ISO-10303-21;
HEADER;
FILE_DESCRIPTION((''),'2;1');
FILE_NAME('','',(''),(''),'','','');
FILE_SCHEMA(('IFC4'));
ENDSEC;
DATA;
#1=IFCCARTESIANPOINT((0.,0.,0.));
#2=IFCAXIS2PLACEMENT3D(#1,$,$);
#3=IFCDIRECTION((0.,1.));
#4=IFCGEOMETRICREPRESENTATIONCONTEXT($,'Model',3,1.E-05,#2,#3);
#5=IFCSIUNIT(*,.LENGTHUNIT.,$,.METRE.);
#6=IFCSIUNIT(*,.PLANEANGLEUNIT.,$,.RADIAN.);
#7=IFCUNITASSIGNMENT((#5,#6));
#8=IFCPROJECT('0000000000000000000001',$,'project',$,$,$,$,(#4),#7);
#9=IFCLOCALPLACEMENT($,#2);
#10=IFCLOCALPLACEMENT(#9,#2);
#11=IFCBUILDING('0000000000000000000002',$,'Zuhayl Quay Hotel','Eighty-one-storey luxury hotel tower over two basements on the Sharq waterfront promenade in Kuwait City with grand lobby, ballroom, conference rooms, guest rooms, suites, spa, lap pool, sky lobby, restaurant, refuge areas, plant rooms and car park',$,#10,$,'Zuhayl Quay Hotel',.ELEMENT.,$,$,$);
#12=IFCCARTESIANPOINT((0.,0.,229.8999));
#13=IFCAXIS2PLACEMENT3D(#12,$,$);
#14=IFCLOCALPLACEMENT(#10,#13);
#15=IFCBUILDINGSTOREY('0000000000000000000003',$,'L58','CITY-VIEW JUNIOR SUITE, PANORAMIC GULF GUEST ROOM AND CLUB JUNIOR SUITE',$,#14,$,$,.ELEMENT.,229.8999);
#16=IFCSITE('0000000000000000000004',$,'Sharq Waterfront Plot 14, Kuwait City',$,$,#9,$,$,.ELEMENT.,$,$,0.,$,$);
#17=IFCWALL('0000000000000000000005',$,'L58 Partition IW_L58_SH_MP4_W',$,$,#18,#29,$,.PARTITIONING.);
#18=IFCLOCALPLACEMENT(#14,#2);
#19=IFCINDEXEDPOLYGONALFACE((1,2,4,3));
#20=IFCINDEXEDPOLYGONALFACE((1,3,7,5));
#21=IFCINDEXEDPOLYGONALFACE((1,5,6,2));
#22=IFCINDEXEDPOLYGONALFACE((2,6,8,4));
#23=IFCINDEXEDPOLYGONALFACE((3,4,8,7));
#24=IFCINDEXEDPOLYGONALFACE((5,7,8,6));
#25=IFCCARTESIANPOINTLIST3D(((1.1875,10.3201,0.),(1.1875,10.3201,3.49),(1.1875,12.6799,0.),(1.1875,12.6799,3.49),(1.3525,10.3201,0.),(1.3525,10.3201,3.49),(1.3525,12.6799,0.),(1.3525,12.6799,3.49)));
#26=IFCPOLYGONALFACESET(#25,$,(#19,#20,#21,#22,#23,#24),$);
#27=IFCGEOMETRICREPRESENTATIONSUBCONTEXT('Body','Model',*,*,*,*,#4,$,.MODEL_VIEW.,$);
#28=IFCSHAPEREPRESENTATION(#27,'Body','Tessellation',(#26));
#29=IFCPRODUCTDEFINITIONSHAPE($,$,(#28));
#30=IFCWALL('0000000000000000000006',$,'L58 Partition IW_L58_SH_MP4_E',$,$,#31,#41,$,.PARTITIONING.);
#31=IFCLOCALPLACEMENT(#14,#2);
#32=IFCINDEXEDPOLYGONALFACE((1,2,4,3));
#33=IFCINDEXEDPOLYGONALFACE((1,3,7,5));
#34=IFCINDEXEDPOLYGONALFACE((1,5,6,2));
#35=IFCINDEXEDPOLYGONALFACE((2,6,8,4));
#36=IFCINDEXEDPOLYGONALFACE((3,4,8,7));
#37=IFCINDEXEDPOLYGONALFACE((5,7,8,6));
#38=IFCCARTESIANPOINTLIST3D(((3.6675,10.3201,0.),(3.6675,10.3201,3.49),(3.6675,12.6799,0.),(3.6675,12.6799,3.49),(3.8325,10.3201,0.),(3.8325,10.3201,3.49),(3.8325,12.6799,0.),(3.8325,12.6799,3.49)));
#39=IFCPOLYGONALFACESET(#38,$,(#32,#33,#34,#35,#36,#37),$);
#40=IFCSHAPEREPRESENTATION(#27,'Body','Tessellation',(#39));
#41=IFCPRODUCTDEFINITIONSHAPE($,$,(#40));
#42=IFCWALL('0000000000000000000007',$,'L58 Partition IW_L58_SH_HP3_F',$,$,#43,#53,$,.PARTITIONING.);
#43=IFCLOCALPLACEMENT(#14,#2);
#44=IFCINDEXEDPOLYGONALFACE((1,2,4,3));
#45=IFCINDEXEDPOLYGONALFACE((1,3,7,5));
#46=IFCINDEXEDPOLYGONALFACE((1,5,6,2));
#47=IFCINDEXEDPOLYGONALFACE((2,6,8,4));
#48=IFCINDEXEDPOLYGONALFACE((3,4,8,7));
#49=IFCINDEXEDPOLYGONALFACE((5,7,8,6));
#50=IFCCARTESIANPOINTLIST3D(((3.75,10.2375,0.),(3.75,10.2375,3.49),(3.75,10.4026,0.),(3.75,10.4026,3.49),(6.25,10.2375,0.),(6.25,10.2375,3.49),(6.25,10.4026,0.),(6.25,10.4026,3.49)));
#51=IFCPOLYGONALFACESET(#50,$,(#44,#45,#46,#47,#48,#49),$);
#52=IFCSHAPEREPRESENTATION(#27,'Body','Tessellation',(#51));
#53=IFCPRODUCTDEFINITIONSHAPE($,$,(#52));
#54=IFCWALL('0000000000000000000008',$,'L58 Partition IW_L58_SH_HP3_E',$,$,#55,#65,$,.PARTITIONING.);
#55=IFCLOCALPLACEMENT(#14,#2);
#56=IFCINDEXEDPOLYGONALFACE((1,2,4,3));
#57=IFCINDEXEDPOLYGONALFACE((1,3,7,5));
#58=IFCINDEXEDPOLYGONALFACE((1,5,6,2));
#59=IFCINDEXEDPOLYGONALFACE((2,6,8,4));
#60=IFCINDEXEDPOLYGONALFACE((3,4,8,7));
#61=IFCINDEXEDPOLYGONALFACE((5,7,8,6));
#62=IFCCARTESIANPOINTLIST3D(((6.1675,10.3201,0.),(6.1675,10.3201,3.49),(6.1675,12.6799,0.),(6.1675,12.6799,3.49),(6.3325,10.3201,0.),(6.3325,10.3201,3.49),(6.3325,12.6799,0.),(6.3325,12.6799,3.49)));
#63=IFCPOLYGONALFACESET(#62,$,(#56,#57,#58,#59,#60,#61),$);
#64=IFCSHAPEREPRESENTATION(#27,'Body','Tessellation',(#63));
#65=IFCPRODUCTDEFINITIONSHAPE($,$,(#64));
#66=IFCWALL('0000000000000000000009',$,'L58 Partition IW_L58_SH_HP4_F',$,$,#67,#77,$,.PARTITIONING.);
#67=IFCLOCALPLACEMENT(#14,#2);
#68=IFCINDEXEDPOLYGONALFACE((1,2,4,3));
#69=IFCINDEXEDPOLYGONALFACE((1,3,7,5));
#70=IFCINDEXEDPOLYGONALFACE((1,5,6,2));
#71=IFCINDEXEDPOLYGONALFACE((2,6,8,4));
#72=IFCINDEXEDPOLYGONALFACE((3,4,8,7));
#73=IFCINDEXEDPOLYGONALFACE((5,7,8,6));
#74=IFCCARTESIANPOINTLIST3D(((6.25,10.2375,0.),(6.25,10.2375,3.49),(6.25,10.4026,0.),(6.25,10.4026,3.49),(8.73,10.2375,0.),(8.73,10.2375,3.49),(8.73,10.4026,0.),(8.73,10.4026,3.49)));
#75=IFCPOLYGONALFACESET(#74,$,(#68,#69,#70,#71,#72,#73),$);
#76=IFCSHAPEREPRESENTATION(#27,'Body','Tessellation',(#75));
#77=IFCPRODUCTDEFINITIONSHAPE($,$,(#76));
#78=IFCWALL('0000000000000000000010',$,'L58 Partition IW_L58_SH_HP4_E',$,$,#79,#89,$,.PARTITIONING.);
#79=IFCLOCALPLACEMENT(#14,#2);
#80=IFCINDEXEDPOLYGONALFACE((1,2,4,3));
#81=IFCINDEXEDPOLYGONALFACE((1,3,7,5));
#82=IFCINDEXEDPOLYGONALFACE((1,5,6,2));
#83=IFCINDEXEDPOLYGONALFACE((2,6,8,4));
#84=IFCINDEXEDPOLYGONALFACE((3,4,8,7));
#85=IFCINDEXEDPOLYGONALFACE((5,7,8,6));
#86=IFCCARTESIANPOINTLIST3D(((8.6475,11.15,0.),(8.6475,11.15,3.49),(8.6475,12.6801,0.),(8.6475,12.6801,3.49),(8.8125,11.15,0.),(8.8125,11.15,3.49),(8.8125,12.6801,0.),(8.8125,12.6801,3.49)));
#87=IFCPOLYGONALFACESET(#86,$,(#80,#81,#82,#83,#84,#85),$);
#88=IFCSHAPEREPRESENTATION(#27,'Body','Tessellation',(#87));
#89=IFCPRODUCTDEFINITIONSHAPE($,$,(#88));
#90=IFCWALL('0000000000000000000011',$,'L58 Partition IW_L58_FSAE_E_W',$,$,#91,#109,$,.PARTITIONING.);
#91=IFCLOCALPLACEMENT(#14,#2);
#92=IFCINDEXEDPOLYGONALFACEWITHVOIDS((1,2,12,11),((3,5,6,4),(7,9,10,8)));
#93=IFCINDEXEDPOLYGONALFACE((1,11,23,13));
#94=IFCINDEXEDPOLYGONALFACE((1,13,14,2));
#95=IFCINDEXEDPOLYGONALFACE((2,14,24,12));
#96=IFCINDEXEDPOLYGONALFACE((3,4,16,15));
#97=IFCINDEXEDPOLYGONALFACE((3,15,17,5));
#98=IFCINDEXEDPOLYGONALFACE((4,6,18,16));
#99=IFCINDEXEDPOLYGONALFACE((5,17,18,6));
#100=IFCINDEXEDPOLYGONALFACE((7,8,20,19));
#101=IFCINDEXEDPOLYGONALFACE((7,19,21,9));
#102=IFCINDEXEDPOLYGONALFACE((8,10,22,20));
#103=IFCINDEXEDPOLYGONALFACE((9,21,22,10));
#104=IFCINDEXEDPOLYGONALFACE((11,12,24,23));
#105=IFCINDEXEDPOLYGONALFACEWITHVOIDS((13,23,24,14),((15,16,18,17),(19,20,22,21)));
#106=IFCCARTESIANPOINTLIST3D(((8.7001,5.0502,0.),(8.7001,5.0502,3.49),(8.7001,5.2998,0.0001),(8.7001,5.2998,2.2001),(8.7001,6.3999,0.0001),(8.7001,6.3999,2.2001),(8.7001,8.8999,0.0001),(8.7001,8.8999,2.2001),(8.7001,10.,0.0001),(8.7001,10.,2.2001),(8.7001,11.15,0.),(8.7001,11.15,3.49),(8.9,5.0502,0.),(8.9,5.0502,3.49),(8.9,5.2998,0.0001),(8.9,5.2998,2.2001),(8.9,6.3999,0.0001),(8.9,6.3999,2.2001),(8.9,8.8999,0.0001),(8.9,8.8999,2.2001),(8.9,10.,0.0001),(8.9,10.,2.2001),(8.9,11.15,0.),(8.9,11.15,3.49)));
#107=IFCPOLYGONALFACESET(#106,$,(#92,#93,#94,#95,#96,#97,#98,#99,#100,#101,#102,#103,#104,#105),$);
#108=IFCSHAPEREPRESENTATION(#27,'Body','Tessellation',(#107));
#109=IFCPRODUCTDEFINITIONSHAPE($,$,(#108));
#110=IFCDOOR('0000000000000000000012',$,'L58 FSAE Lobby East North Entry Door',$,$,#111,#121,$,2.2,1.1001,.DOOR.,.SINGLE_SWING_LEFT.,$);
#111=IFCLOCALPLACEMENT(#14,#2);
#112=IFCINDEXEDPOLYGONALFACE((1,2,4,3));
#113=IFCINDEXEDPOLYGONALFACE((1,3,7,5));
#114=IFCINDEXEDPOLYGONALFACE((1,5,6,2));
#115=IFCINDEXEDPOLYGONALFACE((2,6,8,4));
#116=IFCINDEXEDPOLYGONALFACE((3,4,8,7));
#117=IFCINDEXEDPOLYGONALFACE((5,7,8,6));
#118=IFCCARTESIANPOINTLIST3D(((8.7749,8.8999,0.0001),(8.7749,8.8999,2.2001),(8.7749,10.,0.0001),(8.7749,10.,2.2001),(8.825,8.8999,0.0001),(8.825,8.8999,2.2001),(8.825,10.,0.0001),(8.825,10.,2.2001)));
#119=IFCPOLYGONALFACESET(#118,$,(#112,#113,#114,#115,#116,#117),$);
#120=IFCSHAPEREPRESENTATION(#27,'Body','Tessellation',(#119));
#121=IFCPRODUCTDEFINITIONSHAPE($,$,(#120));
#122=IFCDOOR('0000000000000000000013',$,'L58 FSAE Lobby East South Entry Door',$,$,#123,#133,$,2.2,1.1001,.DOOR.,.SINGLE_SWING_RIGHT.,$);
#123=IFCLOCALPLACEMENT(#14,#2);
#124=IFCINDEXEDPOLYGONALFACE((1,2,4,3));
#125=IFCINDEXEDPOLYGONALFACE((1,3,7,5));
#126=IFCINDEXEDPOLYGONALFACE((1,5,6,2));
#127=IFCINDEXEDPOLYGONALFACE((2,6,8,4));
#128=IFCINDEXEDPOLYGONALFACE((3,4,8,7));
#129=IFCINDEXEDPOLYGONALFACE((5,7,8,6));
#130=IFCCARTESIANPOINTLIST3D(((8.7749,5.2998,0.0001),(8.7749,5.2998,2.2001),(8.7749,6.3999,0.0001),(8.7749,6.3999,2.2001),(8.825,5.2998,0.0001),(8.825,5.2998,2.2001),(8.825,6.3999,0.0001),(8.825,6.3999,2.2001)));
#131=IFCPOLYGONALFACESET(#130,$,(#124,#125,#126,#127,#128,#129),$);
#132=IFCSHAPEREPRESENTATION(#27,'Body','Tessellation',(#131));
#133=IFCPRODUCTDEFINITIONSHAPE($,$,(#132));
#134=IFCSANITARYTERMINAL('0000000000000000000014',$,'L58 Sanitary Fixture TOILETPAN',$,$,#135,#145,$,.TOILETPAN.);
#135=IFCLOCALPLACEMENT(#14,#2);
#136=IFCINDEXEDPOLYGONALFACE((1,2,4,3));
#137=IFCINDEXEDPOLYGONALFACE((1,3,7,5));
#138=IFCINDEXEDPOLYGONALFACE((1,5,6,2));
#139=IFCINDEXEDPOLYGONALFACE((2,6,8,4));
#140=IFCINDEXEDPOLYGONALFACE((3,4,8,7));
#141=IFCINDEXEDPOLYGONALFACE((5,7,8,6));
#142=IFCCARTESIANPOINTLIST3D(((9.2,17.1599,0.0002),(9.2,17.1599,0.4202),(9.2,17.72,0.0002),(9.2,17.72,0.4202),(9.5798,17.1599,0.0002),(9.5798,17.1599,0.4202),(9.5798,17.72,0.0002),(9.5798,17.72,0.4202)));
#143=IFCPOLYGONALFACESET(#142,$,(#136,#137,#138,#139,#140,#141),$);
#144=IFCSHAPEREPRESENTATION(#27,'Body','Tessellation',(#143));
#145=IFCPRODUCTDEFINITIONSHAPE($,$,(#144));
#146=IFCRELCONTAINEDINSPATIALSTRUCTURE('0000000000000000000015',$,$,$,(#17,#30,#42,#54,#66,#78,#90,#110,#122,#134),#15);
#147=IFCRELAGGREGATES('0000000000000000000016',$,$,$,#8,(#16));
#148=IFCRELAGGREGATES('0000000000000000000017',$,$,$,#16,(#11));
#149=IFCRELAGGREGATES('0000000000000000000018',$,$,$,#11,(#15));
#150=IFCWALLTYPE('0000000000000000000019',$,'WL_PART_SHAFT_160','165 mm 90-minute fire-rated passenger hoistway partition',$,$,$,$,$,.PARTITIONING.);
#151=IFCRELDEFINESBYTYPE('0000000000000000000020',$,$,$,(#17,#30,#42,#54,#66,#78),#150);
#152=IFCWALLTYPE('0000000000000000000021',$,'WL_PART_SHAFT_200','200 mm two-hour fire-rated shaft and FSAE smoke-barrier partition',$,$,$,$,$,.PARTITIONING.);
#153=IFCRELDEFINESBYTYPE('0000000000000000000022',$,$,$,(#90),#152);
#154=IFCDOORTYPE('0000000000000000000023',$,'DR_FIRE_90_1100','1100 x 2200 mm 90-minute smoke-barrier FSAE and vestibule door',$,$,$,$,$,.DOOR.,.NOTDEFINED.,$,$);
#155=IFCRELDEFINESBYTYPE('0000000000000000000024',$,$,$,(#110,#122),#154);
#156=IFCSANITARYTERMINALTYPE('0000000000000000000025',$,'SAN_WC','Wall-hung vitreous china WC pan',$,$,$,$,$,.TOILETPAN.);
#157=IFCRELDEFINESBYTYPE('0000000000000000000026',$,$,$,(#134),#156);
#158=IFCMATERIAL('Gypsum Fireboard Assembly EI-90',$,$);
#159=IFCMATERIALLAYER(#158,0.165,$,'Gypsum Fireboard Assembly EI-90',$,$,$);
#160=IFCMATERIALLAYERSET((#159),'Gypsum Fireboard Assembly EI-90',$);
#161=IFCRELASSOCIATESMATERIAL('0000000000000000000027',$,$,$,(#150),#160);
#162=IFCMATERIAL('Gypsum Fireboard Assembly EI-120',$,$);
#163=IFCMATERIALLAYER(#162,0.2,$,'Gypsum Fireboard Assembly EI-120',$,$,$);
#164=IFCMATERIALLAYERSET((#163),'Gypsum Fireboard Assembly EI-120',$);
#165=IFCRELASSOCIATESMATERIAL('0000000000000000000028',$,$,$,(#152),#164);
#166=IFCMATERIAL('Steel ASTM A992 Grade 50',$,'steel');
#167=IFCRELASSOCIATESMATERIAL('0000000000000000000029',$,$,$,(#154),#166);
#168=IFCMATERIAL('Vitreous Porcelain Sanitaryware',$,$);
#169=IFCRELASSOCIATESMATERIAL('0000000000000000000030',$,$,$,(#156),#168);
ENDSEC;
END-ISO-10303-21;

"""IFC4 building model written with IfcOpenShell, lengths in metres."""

from ifc_helpers import new_model, si_unit, direction, frame, frame_2d, origin, origin_2d, place, context, subcontext, project, spatial, rectangle, extrude, material, layer, layer_set, type_object, element, fill, save


model = new_model("IFC4")

# Units and contexts
model_context = context("Model", 3, precision=1e-05, world=origin(), true_north=direction((0.0, 1.0)))
body_context = subcontext(model_context, "Body", "Model", "MODEL_VIEW")
ifc_project = project(units=[si_unit("LENGTHUNIT", "METRE"), si_unit("PLANEANGLEUNIT", "RADIAN")], contexts=[model_context])

# Site, building, storey
site_placement = place(None, origin())
site = spatial("IfcSite", under=ifc_project, at=site_placement, Name="Sharq Waterfront Plot 14, Kuwait City", CompositionType="ELEMENT", RefElevation=0.0)
building_placement = place(site_placement, origin())
building = spatial("IfcBuilding", under=site, at=building_placement, Name="Zuhayl Quay Hotel", Description="Eighty-one-storey luxury hotel tower over two basements on the Sharq waterfront promenade in Kuwait City with grand lobby, ballroom, conference rooms, guest rooms, suites, spa, lap pool, sky lobby, restaurant, refuge areas, plant rooms and car park", LongName="Zuhayl Quay Hotel", CompositionType="ELEMENT")
storey_placement = place(building_placement, frame((0.0, 0.0, 229.8999)))
storey = spatial("IfcBuildingStorey", under=building, at=storey_placement, Name="L58", Description="CITY-VIEW JUNIOR SUITE, PANORAMIC GULF GUEST ROOM AND CLUB JUNIOR SUITE", CompositionType="ELEMENT", Elevation=229.8999)

# Shared definitions
ifc_material_1 = material(Name="Steel ASTM A992 Grade 50", Category="steel")

# Shared definitions
ifc_material_2 = material(Name="Gypsum Fireboard Assembly EI-90")
ifc_layer_1 = layer(ifc_material_2, 0.165, Name="Gypsum Fireboard Assembly EI-90")
ifc_layer_set_1 = layer_set([ifc_layer_1], Name="Gypsum Fireboard Assembly EI-90")
wall_type_1 = type_object("IfcWallType", Name="WL_PART_SHAFT_160", Description="165 mm 90-minute fire-rated passenger hoistway partition", PredefinedType="PARTITIONING", material=ifc_layer_set_1)

# Walls
for number, where, z_axis, x_axis, name in (
    (1, (1.27, 10.3201, 0.0), (0.0, 0.0, 1.0), (0.0, 1.0, 0.0), "L58 Partition IW_L58_SH_MP4_W"),
    (2, (3.75, 10.3201, 0.0), (0.0, 0.0, 1.0), (0.0, 1.0, 0.0), "L58 Partition IW_L58_SH_MP4_E"),
):
    element("IfcWall", number, at=place(storey_placement, frame(where, z_axis=z_axis, x_axis=x_axis)), inside=storey, type_object=wall_type_1, Name=name, PredefinedType="PARTITIONING", context=body_context, shape_type="SweptSolid", body=[
        extrude(rectangle(XDim=2.3599, YDim=0.165, at=frame_2d((1.1799, 0.0))), origin(), (0.0, 0.0, 1.0), 3.49),
    ])
wall_1_placement = place(storey_placement, frame((3.75, 10.3201, 0.0), z_axis=(0.0, 0.0, 1.0), x_axis=(1.0, 0.0, 0.0)))
element("IfcWall", 3, at=wall_1_placement, inside=storey, type_object=wall_type_1, Name="L58 Partition IW_L58_SH_HP3_F", PredefinedType="PARTITIONING", context=body_context, shape_type="SweptSolid", body=[
    extrude(rectangle(XDim=2.5, YDim=0.165, at=frame_2d((1.25, 0.0))), origin(), (0.0, 0.0, 1.0), 3.49),
])
wall_2_placement = place(storey_placement, frame((6.25, 10.3201, 0.0), z_axis=(0.0, 0.0, 1.0), x_axis=(0.0, 1.0, 0.0)))
element("IfcWall", 4, at=wall_2_placement, inside=storey, type_object=wall_type_1, Name="L58 Partition IW_L58_SH_HP3_E", PredefinedType="PARTITIONING", context=body_context, shape_type="SweptSolid", body=[
    extrude(rectangle(XDim=2.3599, YDim=0.165, at=frame_2d((1.1799, 0.0))), origin(), (0.0, 0.0, 1.0), 3.49),
])
wall_3_placement = place(storey_placement, frame((6.25, 10.3201, 0.0), z_axis=(0.0, 0.0, 1.0), x_axis=(1.0, 0.0, 0.0)))
element("IfcWall", 5, at=wall_3_placement, inside=storey, type_object=wall_type_1, Name="L58 Partition IW_L58_SH_HP4_F", PredefinedType="PARTITIONING", context=body_context, shape_type="SweptSolid", body=[
    extrude(rectangle(XDim=2.48, YDim=0.165, at=frame_2d((1.24, 0.0))), origin(), (0.0, 0.0, 1.0), 3.49),
])
wall_4_placement = place(storey_placement, frame((8.73, 11.1499, 0.0), z_axis=(0.0, 0.0, 1.0), x_axis=(0.0, 1.0, 0.0)))
element("IfcWall", 6, at=wall_4_placement, inside=storey, type_object=wall_type_1, Name="L58 Partition IW_L58_SH_HP4_E", PredefinedType="PARTITIONING", context=body_context, shape_type="SweptSolid", body=[
    extrude(rectangle(XDim=1.53, YDim=0.165, at=frame_2d((0.7651, 0.0))), origin(), (0.0, 0.0, 1.0), 3.49),
])

# Wall, openings, doors
ifc_material_3 = material(Name="Gypsum Fireboard Assembly EI-120")
ifc_layer_2 = layer(ifc_material_3, 0.2, Name="Gypsum Fireboard Assembly EI-120")
ifc_layer_set_2 = layer_set([ifc_layer_2], Name="Gypsum Fireboard Assembly EI-120")
wall_type_2 = type_object("IfcWallType", Name="WL_PART_SHAFT_200", Description="200 mm two-hour fire-rated shaft and FSAE smoke-barrier partition", PredefinedType="PARTITIONING", material=ifc_layer_set_2)
wall_5_placement = place(storey_placement, frame((8.8, 11.1499, 0.0), z_axis=(0.0, 0.0, 1.0), x_axis=(0.0, -1.0, 0.0)))
wall_5 = element("IfcWall", 7, at=wall_5_placement, inside=storey, type_object=wall_type_2, Name="L58 Partition IW_L58_FSAE_E_W", PredefinedType="PARTITIONING", context=body_context, shape_type="SweptSolid", body=[
    extrude(rectangle(XDim=6.0999, YDim=0.2, at=frame_2d((3.0498, 0.0))), origin(), (0.0, 0.0, 1.0), 3.49),
])
opening_1_placement = place(wall_5_placement, frame((1.1499, 0.0, 0.0)))
opening_1 = element("IfcOpeningElement", 8, at=opening_1_placement, cuts=wall_5, PredefinedType="OPENING", context=body_context, shape_type="SweptSolid", body=[
    extrude(rectangle(XDim=1.1001, YDim=2.2, at=frame_2d((0.55, 1.1001))), frame((0.0, 0.1099, 0.0), z_axis=(0.0, -1.0, 0.0), x_axis=(1.0, 0.0, 0.0)), (0.0, 0.0, 1.0), 0.22),
])
opening_2_placement = place(wall_5_placement, frame((4.75, 0.0, 0.0)))
opening_2 = element("IfcOpeningElement", 9, at=opening_2_placement, cuts=wall_5, PredefinedType="OPENING", context=body_context, shape_type="SweptSolid", body=[
    extrude(rectangle(XDim=1.1001, YDim=2.2, at=frame_2d((0.55, 1.1001))), frame((0.0, 0.1099, 0.0), z_axis=(0.0, -1.0, 0.0), x_axis=(1.0, 0.0, 0.0)), (0.0, 0.0, 1.0), 0.22),
])
door_type_1 = type_object("IfcDoorType", Name="DR_FIRE_90_1100", Description="1100 x 2200 mm 90-minute smoke-barrier FSAE and vestibule door", OperationType="NOTDEFINED", PredefinedType="DOOR", material=ifc_material_1)
door_1_placement = place(opening_1_placement, origin())
door_1 = element("IfcDoor", 10, at=door_1_placement, inside=storey, type_object=door_type_1, Name="L58 FSAE Lobby East North Entry Door", OperationType="SINGLE_SWING_LEFT", OverallHeight=2.2, OverallWidth=1.1001, PredefinedType="DOOR", context=body_context, shape_type="SweptSolid", body=[
    extrude(rectangle(XDim=1.1001, YDim=2.2, at=frame_2d((0.55, 1.1001))), frame((0.0, 0.0249, 0.0), z_axis=(0.0, -1.0, 0.0), x_axis=(1.0, 0.0, 0.0)), (0.0, 0.0, 1.0), 0.05),
])
fill(opening_1, door_1)
door_2_placement = place(opening_2_placement, origin())
door_2 = element("IfcDoor", 11, at=door_2_placement, inside=storey, type_object=door_type_1, Name="L58 FSAE Lobby East South Entry Door", OperationType="SINGLE_SWING_RIGHT", OverallHeight=2.2, OverallWidth=1.1001, PredefinedType="DOOR", context=body_context, shape_type="SweptSolid", body=[
    extrude(rectangle(XDim=1.1001, YDim=2.2, at=frame_2d((0.55, 1.1001))), frame((0.0, 0.0249, 0.0), z_axis=(0.0, -1.0, 0.0), x_axis=(1.0, 0.0, 0.0)), (0.0, 0.0, 1.0), 0.05),
])
fill(opening_2, door_2)

# Sanitary terminal
ifc_material_4 = material(Name="Vitreous Porcelain Sanitaryware")
sanitary_terminal_type = type_object("IfcSanitaryTerminalType", Name="SAN_WC", Description="Wall-hung vitreous china WC pan", PredefinedType="TOILETPAN", material=ifc_material_4)
sanitary_terminal_placement = place(storey_placement, frame((9.3899, 17.4399, 0.0002), z_axis=(0.0, 0.0, 1.0), x_axis=(1.0, 0.0, 0.0)))
element("IfcSanitaryTerminal", 12, at=sanitary_terminal_placement, inside=storey, type_object=sanitary_terminal_type, Name="L58 Sanitary Fixture TOILETPAN", PredefinedType="TOILETPAN", context=body_context, shape_type="SweptSolid", body=[
    extrude(rectangle(XDim=0.3799, YDim=0.5601, at=origin_2d()), origin(), (0.0, 0.0, 1.0), 0.4199),
])

save(model, "model.ifc")
